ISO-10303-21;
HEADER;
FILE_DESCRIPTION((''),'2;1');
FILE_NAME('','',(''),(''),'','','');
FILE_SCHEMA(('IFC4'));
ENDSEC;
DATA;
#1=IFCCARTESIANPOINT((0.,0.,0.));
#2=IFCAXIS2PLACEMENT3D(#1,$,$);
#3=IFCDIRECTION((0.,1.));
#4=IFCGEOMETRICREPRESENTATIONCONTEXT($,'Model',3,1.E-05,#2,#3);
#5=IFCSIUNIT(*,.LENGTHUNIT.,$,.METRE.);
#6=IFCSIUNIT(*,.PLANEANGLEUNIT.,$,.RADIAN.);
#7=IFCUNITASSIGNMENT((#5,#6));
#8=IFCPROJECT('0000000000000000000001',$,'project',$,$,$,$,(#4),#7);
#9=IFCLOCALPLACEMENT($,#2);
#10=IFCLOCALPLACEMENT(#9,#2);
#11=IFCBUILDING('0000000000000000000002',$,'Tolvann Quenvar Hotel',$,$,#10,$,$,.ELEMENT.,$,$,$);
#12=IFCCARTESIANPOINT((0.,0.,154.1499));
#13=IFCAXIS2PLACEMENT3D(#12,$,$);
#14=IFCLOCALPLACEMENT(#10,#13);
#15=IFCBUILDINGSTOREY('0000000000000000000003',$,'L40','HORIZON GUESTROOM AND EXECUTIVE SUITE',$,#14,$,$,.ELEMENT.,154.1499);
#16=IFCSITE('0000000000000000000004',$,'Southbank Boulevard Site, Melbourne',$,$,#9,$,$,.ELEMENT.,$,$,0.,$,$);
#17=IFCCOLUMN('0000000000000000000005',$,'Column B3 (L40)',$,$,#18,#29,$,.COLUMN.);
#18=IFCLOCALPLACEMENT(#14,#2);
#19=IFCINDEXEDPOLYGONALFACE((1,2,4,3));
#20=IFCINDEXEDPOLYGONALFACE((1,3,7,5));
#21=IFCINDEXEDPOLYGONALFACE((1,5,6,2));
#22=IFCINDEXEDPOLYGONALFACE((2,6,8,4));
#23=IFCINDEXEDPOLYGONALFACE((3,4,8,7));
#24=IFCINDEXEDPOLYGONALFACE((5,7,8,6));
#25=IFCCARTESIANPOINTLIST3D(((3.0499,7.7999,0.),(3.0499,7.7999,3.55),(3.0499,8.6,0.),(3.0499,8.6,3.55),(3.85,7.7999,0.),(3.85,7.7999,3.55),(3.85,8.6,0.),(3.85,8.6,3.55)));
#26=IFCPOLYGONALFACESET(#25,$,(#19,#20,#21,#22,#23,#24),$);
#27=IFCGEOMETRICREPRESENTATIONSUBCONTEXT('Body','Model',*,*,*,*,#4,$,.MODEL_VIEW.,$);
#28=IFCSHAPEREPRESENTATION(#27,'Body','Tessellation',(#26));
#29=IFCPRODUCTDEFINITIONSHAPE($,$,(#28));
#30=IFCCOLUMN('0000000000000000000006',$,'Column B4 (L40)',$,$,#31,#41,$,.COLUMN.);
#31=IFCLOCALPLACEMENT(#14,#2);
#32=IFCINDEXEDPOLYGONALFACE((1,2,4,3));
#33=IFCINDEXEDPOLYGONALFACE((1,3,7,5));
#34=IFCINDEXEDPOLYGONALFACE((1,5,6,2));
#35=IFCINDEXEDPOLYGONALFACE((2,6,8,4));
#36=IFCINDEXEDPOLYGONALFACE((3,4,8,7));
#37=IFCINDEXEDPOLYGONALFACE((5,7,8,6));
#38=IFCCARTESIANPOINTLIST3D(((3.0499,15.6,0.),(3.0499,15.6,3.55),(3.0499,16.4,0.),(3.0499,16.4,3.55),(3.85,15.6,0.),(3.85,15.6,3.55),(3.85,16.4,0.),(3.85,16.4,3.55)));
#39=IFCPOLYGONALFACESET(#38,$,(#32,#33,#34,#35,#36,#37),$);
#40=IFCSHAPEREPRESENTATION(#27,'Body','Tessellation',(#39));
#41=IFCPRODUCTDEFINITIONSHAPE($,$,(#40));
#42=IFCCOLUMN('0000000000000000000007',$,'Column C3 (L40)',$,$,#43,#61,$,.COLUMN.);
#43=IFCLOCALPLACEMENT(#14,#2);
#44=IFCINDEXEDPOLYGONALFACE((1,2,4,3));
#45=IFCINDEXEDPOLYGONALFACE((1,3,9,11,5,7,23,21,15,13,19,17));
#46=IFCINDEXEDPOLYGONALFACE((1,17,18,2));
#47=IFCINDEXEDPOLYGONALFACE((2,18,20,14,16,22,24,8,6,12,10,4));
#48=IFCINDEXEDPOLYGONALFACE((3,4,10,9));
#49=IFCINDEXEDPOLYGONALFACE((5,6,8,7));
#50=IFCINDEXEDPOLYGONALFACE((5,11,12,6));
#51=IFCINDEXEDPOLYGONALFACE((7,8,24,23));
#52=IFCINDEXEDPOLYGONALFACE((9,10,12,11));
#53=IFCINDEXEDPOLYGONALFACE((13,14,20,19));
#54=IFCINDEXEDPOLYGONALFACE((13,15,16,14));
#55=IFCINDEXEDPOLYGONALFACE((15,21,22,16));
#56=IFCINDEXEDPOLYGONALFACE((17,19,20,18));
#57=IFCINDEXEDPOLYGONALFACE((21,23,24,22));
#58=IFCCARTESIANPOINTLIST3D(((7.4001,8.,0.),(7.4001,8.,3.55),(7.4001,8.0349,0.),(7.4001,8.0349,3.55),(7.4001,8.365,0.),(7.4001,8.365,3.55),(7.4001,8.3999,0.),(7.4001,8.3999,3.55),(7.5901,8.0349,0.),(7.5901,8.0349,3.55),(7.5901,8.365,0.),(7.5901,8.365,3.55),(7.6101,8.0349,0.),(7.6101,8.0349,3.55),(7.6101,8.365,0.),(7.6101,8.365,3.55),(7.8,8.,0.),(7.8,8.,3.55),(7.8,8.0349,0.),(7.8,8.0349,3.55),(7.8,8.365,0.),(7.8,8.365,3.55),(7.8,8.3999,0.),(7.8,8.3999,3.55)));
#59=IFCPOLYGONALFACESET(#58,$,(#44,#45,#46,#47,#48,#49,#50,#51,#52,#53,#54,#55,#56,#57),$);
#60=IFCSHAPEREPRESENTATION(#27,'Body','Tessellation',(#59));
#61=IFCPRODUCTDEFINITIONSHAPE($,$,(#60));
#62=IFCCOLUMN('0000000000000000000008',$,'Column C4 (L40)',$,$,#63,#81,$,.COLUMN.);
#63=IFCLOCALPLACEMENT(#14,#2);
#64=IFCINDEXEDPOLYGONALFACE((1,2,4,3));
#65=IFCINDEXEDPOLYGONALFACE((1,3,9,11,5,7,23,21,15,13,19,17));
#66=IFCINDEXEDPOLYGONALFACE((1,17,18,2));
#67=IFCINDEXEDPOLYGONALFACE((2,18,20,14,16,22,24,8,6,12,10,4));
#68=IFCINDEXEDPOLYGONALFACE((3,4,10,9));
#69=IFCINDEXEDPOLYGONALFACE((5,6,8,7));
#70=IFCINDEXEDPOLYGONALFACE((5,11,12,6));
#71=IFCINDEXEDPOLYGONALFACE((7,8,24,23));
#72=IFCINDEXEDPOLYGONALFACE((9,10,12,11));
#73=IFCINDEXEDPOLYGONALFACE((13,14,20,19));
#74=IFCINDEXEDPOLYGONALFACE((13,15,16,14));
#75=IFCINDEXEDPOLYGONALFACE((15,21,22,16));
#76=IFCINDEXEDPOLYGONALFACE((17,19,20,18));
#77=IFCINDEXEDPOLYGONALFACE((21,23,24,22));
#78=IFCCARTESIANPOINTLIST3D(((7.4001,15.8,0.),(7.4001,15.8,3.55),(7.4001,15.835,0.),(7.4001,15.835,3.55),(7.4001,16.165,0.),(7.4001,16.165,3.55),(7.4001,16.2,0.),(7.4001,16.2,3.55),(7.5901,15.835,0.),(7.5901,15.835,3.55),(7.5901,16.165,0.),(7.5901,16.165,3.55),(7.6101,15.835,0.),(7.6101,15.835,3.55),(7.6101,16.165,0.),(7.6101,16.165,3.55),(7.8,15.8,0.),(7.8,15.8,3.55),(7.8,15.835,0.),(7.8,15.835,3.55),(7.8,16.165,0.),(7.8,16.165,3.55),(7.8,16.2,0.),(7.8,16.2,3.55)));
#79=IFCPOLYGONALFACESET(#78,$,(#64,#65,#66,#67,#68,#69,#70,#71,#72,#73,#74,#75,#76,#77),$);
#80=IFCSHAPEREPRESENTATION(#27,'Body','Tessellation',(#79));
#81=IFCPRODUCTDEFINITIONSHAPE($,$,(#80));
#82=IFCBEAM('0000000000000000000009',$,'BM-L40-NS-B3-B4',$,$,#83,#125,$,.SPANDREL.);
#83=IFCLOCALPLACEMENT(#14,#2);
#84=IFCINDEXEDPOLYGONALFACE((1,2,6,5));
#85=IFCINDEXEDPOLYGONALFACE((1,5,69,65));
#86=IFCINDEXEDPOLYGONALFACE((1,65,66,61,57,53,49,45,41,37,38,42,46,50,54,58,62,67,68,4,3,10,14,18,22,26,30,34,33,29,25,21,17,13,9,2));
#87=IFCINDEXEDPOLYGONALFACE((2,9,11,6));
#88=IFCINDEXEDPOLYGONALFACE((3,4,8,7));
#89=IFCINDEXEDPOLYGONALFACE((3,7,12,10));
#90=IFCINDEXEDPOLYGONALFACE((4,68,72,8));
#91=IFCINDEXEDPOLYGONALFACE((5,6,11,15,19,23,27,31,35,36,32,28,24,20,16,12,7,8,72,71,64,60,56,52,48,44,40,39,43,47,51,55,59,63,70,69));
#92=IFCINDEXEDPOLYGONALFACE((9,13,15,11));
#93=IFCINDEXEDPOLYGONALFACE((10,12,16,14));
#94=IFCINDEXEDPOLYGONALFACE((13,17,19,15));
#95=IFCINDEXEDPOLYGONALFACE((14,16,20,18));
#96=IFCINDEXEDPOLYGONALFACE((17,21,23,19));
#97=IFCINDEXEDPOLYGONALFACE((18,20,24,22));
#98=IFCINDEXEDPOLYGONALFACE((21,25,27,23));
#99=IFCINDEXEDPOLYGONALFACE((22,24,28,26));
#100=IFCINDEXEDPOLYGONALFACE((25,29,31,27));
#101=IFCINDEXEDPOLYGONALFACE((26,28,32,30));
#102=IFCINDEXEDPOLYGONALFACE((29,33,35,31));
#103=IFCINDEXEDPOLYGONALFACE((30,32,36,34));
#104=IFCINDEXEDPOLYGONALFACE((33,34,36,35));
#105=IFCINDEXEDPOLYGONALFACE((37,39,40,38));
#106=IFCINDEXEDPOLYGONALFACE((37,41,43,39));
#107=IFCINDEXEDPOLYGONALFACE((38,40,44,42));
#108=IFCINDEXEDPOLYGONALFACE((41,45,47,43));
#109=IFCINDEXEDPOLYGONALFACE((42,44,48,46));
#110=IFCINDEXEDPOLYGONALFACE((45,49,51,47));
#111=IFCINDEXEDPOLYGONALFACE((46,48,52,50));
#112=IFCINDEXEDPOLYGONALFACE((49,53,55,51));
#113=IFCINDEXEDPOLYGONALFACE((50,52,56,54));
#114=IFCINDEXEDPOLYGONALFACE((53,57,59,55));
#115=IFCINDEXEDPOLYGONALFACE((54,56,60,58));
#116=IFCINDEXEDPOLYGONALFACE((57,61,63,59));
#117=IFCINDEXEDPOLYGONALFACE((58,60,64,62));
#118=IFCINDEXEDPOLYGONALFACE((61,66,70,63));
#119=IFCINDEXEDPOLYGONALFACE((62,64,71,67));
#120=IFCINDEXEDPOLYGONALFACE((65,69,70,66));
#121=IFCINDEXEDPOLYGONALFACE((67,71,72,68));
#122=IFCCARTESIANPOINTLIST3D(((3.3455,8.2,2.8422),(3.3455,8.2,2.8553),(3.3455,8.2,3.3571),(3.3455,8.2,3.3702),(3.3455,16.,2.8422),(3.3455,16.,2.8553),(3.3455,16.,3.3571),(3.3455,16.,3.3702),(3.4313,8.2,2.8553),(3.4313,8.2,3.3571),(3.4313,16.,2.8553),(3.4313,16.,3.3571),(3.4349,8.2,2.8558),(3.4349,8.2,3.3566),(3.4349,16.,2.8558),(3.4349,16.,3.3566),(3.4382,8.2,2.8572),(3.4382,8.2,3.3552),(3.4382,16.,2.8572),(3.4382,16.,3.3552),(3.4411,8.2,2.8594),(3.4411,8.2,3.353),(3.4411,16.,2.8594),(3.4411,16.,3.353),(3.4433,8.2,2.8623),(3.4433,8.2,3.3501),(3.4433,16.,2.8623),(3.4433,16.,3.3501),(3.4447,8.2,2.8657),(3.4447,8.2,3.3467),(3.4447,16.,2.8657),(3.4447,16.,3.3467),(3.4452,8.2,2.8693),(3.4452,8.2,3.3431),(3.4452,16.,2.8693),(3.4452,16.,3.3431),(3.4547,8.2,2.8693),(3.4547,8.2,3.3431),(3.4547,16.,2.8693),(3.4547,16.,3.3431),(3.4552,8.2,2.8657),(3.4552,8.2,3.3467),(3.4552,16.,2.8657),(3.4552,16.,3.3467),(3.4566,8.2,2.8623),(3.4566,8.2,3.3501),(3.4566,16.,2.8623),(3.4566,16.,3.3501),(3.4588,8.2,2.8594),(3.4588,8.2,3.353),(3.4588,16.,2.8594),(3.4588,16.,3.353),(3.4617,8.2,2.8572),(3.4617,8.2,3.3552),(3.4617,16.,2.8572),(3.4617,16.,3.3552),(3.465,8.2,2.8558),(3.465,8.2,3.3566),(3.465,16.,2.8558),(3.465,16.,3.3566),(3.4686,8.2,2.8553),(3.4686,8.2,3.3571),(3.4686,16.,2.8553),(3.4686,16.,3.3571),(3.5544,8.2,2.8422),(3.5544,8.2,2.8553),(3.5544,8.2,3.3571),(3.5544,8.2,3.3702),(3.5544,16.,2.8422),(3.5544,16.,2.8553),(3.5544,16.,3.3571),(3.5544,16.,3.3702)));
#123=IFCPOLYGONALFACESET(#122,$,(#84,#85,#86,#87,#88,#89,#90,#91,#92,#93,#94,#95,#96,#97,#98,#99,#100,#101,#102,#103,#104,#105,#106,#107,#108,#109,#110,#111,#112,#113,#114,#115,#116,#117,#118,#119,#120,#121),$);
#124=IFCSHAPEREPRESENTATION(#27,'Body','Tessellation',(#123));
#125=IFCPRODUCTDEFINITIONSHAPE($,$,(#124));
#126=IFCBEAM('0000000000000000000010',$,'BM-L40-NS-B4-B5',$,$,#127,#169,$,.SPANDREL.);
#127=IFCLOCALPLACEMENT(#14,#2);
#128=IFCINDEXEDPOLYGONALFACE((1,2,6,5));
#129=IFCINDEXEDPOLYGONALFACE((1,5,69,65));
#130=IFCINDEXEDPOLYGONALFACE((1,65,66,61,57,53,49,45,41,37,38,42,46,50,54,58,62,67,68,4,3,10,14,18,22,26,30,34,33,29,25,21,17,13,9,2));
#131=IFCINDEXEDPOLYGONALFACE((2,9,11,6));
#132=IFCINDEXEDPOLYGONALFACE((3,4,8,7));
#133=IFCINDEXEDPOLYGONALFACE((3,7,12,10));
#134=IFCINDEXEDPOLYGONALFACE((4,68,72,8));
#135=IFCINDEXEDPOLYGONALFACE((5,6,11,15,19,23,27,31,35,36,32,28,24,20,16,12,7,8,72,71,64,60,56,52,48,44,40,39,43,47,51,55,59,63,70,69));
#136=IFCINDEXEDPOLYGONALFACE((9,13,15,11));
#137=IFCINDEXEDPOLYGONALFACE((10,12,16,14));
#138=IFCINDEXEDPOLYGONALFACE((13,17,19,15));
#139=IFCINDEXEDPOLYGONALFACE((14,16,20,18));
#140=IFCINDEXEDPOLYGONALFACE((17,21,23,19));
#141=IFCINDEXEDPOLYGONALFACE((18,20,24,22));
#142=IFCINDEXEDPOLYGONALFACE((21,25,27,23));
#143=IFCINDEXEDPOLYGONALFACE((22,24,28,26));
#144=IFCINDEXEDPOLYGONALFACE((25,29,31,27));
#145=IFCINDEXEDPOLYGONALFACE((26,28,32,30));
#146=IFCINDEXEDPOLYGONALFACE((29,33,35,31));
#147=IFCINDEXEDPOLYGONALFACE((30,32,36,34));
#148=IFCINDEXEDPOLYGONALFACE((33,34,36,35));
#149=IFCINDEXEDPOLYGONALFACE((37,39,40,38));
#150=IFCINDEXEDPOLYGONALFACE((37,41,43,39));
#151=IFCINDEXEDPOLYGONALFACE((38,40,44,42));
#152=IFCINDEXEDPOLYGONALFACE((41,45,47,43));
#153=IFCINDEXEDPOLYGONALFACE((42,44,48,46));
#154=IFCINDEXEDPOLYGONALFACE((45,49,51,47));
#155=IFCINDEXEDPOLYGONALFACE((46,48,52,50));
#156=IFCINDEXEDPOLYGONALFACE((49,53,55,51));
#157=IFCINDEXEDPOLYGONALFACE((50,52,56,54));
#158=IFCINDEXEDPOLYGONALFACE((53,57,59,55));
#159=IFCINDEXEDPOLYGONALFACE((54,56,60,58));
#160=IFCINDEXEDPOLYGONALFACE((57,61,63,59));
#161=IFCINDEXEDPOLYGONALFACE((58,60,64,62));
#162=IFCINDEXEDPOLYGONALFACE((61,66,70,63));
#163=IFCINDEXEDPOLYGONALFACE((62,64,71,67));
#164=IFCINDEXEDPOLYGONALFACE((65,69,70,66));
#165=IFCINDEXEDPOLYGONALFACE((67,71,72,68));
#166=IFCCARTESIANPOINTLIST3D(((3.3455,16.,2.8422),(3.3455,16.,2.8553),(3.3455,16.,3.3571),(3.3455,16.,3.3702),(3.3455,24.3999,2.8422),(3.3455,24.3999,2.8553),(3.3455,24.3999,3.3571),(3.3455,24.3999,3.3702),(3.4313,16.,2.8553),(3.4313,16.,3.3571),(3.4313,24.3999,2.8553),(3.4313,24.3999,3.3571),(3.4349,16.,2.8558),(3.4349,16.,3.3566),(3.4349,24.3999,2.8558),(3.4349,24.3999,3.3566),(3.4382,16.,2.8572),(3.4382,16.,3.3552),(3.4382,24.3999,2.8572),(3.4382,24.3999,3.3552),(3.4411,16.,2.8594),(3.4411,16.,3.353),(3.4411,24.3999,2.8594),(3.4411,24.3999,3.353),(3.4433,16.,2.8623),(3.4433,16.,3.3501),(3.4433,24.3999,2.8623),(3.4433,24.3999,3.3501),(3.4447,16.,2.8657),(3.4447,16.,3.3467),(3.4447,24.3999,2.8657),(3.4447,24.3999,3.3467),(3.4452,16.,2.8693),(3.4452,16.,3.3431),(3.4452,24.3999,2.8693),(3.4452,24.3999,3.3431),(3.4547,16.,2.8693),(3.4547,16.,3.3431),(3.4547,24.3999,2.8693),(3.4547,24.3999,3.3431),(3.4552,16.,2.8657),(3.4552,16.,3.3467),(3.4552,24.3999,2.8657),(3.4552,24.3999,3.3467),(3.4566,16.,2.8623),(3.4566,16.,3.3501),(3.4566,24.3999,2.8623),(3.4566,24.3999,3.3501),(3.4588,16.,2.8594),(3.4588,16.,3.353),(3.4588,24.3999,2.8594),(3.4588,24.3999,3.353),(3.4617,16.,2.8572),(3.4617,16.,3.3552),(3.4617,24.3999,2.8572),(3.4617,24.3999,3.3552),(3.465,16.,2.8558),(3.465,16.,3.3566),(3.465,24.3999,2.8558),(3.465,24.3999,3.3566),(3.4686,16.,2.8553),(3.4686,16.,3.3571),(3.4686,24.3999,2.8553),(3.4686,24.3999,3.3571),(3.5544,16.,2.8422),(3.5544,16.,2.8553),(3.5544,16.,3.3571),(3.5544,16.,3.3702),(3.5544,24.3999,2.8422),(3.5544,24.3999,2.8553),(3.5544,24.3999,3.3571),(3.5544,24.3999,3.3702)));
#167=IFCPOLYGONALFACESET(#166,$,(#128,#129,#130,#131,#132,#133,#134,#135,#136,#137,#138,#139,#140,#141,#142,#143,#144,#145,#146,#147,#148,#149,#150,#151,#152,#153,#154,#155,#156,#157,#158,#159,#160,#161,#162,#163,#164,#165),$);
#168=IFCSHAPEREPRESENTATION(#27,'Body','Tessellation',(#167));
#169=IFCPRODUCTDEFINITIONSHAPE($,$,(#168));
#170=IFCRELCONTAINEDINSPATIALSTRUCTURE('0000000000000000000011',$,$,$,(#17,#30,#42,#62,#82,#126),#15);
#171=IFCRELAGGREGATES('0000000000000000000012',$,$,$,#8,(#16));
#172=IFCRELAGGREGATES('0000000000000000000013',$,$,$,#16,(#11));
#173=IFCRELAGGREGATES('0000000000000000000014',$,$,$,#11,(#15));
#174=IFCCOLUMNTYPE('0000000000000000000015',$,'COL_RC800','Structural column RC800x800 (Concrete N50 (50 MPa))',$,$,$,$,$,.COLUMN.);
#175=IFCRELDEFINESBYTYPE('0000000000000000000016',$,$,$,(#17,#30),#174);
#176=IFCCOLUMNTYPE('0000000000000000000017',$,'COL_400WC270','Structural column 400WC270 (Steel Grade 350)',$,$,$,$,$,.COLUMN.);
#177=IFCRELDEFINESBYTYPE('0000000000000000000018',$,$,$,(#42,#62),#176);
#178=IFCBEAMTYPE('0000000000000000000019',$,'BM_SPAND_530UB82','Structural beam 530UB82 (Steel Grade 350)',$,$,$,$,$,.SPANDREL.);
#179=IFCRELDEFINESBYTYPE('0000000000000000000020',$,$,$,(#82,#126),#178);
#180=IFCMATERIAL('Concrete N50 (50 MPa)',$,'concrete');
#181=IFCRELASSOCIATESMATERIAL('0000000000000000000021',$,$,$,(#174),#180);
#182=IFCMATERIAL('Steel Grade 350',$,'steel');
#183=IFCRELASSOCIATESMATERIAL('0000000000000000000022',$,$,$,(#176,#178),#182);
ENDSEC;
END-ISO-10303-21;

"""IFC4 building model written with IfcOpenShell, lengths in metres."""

from ifc_helpers import new_model, si_unit, direction, frame, origin, origin_2d, place, context, subcontext, project, spatial, rectangle, i_section, extrude, source, transform, mapped, material, material_profile, profile_set, type_object, type_shapes, element, save


model = new_model("IFC4")

# Units and contexts
model_context = context("Model", 3, precision=1e-05, world=origin(), true_north=direction((0.0, 1.0)))
body_context = subcontext(model_context, "Body", "Model", "MODEL_VIEW")
ifc_project = project(units=[si_unit("LENGTHUNIT", "METRE"), si_unit("PLANEANGLEUNIT", "RADIAN")], contexts=[model_context])

# Site, building, storey
site_placement = place(None, origin())
site = spatial("IfcSite", under=ifc_project, at=site_placement, Name="Southbank Boulevard Site, Melbourne", CompositionType="ELEMENT", RefElevation=0.0)
building_placement = place(site_placement, origin())
building = spatial("IfcBuilding", under=site, at=building_placement, Name="Tolvann Quenvar Hotel", CompositionType="ELEMENT")
storey_placement = place(building_placement, frame((0.0, 0.0, 154.1499)))
storey = spatial("IfcBuildingStorey", under=building, at=storey_placement, Name="L40", Description="HORIZON GUESTROOM AND EXECUTIVE SUITE", CompositionType="ELEMENT", Elevation=154.1499)

# Columns
ifc_material_1 = material(Name="Concrete N50 (50 MPa)", Category="concrete")
ifc_material_profile_1 = material_profile(ifc_material_1, rectangle(XDim=0.8, YDim=0.8, at=origin_2d()), Name="RC800x800")
ifc_profile_set_1 = profile_set([ifc_material_profile_1], Name="Concrete N50 (50 MPa)")
column_type_1 = type_object("IfcColumnType", Name="COL_RC800", Description="Structural column RC800x800 (Concrete N50 (50 MPa))", PredefinedType="COLUMN", material=ifc_profile_set_1)
shared_shape_1 = source(origin(), body_context, "Body", "SweptSolid", [
    extrude(rectangle(XDim=0.8, YDim=0.8, at=origin_2d()), origin(), (0.0, 0.0, 1.0), 3.55),
])
type_shapes(column_type_1, [shared_shape_1])
for number, where, z_axis, x_axis, name in (
    (1, (3.45, 8.2, 0.0), (0.0, 0.0, 1.0), (1.0, 0.0, 0.0), "Column B3 (L40)"),
    (2, (3.45, 16.0, 0.0), (0.0, 0.0, 1.0), (1.0, 0.0, 0.0), "Column B4 (L40)"),
):
    element("IfcColumn", number, at=place(storey_placement, frame(where, z_axis=z_axis, x_axis=x_axis)), inside=storey, type_object=column_type_1, Name=name, PredefinedType="COLUMN", context=body_context, shape_type="MappedRepresentation", body=[
        mapped(shared_shape_1, transform((0.0, 0.0, 0.0), x_axis=(1.0, 0.0, 0.0), y_axis=(0.0, 1.0, 0.0), z_axis=(0.0, 0.0, 1.0), scale=1.0)),
    ])
ifc_material_2 = material(Name="Steel Grade 350", Category="steel")
ifc_material_profile_2 = material_profile(ifc_material_2, i_section(OverallWidth=0.3999, OverallDepth=0.3999, WebThickness=0.02, FlangeThickness=0.0349, at=origin_2d()), Name="400WC270")
ifc_profile_set_2 = profile_set([ifc_material_profile_2], Name="Steel Grade 350")
column_type_2 = type_object("IfcColumnType", Name="COL_400WC270", Description="Structural column 400WC270 (Steel Grade 350)", PredefinedType="COLUMN", material=ifc_profile_set_2)
shared_shape_2 = source(origin(), body_context, "Body", "SweptSolid", [
    extrude(i_section(OverallWidth=0.3999, OverallDepth=0.3999, WebThickness=0.02, FlangeThickness=0.0349, at=origin_2d()), origin(), (0.0, 0.0, 1.0), 3.55),
])
type_shapes(column_type_2, [shared_shape_2])
for number, where, z_axis, x_axis, name in (
    (3, (7.6001, 8.2, 0.0), (0.0, 0.0, 1.0), (1.0, 0.0, 0.0), "Column C3 (L40)"),
    (4, (7.6001, 16.0, 0.0), (0.0, 0.0, 1.0), (1.0, 0.0, 0.0), "Column C4 (L40)"),
):
    element("IfcColumn", number, at=place(storey_placement, frame(where, z_axis=z_axis, x_axis=x_axis)), inside=storey, type_object=column_type_2, Name=name, PredefinedType="COLUMN", context=body_context, shape_type="MappedRepresentation", body=[
        mapped(shared_shape_2, transform((0.0, 0.0, 0.0), x_axis=(1.0, 0.0, 0.0), y_axis=(0.0, 1.0, 0.0), z_axis=(0.0, 0.0, 1.0), scale=1.0)),
    ])

# Beams
ifc_material_profile_3 = material_profile(ifc_material_2, i_section(OverallWidth=0.209, OverallDepth=0.5281, WebThickness=0.0095, FlangeThickness=0.0132, FilletRadius=0.0139, at=origin_2d()), Name="530UB82")
ifc_profile_set_3 = profile_set([ifc_material_profile_3], Name="Steel Grade 350")
beam_type_1 = type_object("IfcBeamType", Name="BM_SPAND_530UB82", Description="Structural beam 530UB82 (Steel Grade 350)", PredefinedType="SPANDREL", material=ifc_profile_set_3)
shared_shape_3 = source(origin(), body_context, "Body", "SweptSolid", [
    extrude(i_section(OverallWidth=0.209, OverallDepth=0.5281, WebThickness=0.0095, FlangeThickness=0.0132, FilletRadius=0.0139, at=origin_2d()), origin(), (0.0, 0.0, 1.0), 7.8),
])
beam_1_placement = place(storey_placement, frame((3.45, 8.2, 3.1062), z_axis=(0.0, 1.0, 0.0), x_axis=(-1.0, 0.0, 0.0)))
element("IfcBeam", 5, at=beam_1_placement, inside=storey, type_object=beam_type_1, Name="BM-L40-NS-B3-B4", PredefinedType="SPANDREL", context=body_context, shape_type="MappedRepresentation", body=[
    mapped(shared_shape_3, transform((0.0, 0.0, 0.0), x_axis=(1.0, 0.0, 0.0), y_axis=(0.0, 1.0, 0.0), z_axis=(0.0, 0.0, 1.0), scale=1.0)),
])
shared_shape_4 = source(origin(), body_context, "Body", "SweptSolid", [
    extrude(i_section(OverallWidth=0.209, OverallDepth=0.5281, WebThickness=0.0095, FlangeThickness=0.0132, FilletRadius=0.0139, at=origin_2d()), origin(), (0.0, 0.0, 1.0), 8.3999),
])
type_shapes(beam_type_1, [shared_shape_3, shared_shape_4])
beam_2_placement = place(storey_placement, frame((3.45, 16.0, 3.1062), z_axis=(0.0, 1.0, 0.0), x_axis=(-1.0, 0.0, 0.0)))
element("IfcBeam", 6, at=beam_2_placement, inside=storey, type_object=beam_type_1, Name="BM-L40-NS-B4-B5", PredefinedType="SPANDREL", context=body_context, shape_type="MappedRepresentation", body=[
    mapped(shared_shape_4, transform((0.0, 0.0, 0.0), x_axis=(1.0, 0.0, 0.0), y_axis=(0.0, 1.0, 0.0), z_axis=(0.0, 0.0, 1.0), scale=1.0)),
])

save(model, "model.ifc")
